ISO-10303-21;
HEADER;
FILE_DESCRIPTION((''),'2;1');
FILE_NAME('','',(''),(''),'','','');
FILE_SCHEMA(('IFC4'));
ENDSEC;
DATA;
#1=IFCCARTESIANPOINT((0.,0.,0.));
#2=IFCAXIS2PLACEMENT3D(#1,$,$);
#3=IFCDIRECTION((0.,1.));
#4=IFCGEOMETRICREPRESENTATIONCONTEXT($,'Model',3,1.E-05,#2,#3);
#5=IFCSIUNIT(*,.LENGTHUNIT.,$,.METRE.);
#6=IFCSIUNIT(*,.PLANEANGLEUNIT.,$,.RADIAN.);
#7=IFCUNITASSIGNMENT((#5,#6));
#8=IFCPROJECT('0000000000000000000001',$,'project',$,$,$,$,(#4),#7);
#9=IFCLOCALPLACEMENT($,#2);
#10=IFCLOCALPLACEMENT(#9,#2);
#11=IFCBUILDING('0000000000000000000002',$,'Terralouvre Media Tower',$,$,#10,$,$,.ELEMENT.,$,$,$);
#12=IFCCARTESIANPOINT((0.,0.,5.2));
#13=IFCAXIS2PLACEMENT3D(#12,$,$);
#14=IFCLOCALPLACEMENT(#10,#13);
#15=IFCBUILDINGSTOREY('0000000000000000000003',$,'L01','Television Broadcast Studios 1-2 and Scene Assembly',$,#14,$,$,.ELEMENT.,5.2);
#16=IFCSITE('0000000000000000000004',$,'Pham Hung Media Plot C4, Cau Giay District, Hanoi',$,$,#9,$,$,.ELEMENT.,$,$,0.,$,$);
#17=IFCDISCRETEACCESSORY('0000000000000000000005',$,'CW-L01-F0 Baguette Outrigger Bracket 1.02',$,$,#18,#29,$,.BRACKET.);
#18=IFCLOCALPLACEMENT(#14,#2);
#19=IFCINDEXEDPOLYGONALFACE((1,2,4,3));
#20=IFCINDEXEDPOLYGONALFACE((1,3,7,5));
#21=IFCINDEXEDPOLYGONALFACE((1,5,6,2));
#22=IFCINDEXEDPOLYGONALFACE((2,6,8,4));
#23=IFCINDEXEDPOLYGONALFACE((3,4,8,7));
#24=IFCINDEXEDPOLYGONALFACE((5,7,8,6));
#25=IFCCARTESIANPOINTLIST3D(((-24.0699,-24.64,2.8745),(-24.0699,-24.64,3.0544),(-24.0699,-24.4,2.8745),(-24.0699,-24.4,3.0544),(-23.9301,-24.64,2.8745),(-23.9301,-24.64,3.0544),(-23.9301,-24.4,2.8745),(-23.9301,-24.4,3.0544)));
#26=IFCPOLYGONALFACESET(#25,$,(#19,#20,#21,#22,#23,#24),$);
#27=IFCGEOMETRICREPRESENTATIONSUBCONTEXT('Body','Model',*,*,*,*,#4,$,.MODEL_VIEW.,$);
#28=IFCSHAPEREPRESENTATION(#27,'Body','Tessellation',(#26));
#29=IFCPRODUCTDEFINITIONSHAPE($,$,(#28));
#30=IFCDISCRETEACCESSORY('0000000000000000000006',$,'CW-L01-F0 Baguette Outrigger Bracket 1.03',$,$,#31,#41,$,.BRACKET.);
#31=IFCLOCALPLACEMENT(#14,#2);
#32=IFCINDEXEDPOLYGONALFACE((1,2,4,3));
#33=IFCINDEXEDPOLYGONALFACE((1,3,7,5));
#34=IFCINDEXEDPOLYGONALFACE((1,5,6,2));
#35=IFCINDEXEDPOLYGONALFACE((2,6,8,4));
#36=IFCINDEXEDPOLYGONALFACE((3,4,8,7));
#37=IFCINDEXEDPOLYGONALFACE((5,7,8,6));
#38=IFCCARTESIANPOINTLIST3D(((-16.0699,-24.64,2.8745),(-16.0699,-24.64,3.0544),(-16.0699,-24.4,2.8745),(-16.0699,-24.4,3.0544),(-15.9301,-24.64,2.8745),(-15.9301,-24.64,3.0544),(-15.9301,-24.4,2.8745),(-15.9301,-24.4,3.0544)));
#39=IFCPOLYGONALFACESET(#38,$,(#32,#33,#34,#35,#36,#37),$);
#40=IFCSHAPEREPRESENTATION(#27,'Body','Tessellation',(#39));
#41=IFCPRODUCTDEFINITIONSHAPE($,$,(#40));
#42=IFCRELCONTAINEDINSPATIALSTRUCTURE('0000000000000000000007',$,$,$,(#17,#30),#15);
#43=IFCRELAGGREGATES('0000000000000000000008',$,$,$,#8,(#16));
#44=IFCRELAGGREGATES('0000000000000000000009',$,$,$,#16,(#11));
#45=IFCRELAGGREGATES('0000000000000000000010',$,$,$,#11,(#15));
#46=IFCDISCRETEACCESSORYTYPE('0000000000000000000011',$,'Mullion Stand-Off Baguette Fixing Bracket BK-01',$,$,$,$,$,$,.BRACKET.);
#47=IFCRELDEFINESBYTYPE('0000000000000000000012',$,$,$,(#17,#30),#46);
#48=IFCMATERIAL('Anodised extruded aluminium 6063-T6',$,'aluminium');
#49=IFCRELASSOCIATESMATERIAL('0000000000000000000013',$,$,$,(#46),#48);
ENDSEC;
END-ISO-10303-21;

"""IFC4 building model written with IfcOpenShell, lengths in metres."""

from ifc_helpers import new_model, si_unit, direction, frame, origin, origin_2d, place, context, subcontext, project, spatial, rectangle, extrude, material, type_object, element, save


model = new_model("IFC4")

# Units and contexts
model_context = context("Model", 3, precision=1e-05, world=origin(), true_north=direction((0.0, 1.0)))
body_context = subcontext(model_context, "Body", "Model", "MODEL_VIEW")
ifc_project = project(units=[si_unit("LENGTHUNIT", "METRE"), si_unit("PLANEANGLEUNIT", "RADIAN")], contexts=[model_context])

# Site, building, storey
site_placement = place(None, origin())
site = spatial("IfcSite", under=ifc_project, at=site_placement, Name="Pham Hung Media Plot C4, Cau Giay District, Hanoi", CompositionType="ELEMENT", RefElevation=0.0)
building_placement = place(site_placement, origin())
building = spatial("IfcBuilding", under=site, at=building_placement, Name="Terralouvre Media Tower", CompositionType="ELEMENT")
storey_placement = place(building_placement, frame((0.0, 0.0, 5.2)))
storey = spatial("IfcBuildingStorey", under=building, at=storey_placement, Name="L01", Description="Television Broadcast Studios 1-2 and Scene Assembly", CompositionType="ELEMENT", Elevation=5.2)

# Discrete accessories
ifc_material_1 = material(Name="Anodised extruded aluminium 6063-T6", Category="aluminium")
discrete_accessory_type = type_object("IfcDiscreteAccessoryType", Name="Mullion Stand-Off Baguette Fixing Bracket BK-01", PredefinedType="BRACKET", material=ifc_material_1)
for number, where, z_axis, x_axis, name in (
    (1, (-24.0, -24.52, 2.8745), (0.0, 0.0, 1.0), (1.0, 0.0, 0.0), "CW-L01-F0 Baguette Outrigger Bracket 1.02"),
    (2, (-16.0, -24.52, 2.8745), (0.0, 0.0, 1.0), (1.0, 0.0, 0.0), "CW-L01-F0 Baguette Outrigger Bracket 1.03"),
):
    element("IfcDiscreteAccessory", number, at=place(storey_placement, frame(where, z_axis=z_axis, x_axis=x_axis)), inside=storey, type_object=discrete_accessory_type, Name=name, PredefinedType="BRACKET", context=body_context, shape_type="SweptSolid", body=[
        extrude(rectangle(XDim=0.1399, YDim=0.24, at=origin_2d()), origin(), (0.0, 0.0, 1.0), 0.1799),
    ])

save(model, "model.ifc")
